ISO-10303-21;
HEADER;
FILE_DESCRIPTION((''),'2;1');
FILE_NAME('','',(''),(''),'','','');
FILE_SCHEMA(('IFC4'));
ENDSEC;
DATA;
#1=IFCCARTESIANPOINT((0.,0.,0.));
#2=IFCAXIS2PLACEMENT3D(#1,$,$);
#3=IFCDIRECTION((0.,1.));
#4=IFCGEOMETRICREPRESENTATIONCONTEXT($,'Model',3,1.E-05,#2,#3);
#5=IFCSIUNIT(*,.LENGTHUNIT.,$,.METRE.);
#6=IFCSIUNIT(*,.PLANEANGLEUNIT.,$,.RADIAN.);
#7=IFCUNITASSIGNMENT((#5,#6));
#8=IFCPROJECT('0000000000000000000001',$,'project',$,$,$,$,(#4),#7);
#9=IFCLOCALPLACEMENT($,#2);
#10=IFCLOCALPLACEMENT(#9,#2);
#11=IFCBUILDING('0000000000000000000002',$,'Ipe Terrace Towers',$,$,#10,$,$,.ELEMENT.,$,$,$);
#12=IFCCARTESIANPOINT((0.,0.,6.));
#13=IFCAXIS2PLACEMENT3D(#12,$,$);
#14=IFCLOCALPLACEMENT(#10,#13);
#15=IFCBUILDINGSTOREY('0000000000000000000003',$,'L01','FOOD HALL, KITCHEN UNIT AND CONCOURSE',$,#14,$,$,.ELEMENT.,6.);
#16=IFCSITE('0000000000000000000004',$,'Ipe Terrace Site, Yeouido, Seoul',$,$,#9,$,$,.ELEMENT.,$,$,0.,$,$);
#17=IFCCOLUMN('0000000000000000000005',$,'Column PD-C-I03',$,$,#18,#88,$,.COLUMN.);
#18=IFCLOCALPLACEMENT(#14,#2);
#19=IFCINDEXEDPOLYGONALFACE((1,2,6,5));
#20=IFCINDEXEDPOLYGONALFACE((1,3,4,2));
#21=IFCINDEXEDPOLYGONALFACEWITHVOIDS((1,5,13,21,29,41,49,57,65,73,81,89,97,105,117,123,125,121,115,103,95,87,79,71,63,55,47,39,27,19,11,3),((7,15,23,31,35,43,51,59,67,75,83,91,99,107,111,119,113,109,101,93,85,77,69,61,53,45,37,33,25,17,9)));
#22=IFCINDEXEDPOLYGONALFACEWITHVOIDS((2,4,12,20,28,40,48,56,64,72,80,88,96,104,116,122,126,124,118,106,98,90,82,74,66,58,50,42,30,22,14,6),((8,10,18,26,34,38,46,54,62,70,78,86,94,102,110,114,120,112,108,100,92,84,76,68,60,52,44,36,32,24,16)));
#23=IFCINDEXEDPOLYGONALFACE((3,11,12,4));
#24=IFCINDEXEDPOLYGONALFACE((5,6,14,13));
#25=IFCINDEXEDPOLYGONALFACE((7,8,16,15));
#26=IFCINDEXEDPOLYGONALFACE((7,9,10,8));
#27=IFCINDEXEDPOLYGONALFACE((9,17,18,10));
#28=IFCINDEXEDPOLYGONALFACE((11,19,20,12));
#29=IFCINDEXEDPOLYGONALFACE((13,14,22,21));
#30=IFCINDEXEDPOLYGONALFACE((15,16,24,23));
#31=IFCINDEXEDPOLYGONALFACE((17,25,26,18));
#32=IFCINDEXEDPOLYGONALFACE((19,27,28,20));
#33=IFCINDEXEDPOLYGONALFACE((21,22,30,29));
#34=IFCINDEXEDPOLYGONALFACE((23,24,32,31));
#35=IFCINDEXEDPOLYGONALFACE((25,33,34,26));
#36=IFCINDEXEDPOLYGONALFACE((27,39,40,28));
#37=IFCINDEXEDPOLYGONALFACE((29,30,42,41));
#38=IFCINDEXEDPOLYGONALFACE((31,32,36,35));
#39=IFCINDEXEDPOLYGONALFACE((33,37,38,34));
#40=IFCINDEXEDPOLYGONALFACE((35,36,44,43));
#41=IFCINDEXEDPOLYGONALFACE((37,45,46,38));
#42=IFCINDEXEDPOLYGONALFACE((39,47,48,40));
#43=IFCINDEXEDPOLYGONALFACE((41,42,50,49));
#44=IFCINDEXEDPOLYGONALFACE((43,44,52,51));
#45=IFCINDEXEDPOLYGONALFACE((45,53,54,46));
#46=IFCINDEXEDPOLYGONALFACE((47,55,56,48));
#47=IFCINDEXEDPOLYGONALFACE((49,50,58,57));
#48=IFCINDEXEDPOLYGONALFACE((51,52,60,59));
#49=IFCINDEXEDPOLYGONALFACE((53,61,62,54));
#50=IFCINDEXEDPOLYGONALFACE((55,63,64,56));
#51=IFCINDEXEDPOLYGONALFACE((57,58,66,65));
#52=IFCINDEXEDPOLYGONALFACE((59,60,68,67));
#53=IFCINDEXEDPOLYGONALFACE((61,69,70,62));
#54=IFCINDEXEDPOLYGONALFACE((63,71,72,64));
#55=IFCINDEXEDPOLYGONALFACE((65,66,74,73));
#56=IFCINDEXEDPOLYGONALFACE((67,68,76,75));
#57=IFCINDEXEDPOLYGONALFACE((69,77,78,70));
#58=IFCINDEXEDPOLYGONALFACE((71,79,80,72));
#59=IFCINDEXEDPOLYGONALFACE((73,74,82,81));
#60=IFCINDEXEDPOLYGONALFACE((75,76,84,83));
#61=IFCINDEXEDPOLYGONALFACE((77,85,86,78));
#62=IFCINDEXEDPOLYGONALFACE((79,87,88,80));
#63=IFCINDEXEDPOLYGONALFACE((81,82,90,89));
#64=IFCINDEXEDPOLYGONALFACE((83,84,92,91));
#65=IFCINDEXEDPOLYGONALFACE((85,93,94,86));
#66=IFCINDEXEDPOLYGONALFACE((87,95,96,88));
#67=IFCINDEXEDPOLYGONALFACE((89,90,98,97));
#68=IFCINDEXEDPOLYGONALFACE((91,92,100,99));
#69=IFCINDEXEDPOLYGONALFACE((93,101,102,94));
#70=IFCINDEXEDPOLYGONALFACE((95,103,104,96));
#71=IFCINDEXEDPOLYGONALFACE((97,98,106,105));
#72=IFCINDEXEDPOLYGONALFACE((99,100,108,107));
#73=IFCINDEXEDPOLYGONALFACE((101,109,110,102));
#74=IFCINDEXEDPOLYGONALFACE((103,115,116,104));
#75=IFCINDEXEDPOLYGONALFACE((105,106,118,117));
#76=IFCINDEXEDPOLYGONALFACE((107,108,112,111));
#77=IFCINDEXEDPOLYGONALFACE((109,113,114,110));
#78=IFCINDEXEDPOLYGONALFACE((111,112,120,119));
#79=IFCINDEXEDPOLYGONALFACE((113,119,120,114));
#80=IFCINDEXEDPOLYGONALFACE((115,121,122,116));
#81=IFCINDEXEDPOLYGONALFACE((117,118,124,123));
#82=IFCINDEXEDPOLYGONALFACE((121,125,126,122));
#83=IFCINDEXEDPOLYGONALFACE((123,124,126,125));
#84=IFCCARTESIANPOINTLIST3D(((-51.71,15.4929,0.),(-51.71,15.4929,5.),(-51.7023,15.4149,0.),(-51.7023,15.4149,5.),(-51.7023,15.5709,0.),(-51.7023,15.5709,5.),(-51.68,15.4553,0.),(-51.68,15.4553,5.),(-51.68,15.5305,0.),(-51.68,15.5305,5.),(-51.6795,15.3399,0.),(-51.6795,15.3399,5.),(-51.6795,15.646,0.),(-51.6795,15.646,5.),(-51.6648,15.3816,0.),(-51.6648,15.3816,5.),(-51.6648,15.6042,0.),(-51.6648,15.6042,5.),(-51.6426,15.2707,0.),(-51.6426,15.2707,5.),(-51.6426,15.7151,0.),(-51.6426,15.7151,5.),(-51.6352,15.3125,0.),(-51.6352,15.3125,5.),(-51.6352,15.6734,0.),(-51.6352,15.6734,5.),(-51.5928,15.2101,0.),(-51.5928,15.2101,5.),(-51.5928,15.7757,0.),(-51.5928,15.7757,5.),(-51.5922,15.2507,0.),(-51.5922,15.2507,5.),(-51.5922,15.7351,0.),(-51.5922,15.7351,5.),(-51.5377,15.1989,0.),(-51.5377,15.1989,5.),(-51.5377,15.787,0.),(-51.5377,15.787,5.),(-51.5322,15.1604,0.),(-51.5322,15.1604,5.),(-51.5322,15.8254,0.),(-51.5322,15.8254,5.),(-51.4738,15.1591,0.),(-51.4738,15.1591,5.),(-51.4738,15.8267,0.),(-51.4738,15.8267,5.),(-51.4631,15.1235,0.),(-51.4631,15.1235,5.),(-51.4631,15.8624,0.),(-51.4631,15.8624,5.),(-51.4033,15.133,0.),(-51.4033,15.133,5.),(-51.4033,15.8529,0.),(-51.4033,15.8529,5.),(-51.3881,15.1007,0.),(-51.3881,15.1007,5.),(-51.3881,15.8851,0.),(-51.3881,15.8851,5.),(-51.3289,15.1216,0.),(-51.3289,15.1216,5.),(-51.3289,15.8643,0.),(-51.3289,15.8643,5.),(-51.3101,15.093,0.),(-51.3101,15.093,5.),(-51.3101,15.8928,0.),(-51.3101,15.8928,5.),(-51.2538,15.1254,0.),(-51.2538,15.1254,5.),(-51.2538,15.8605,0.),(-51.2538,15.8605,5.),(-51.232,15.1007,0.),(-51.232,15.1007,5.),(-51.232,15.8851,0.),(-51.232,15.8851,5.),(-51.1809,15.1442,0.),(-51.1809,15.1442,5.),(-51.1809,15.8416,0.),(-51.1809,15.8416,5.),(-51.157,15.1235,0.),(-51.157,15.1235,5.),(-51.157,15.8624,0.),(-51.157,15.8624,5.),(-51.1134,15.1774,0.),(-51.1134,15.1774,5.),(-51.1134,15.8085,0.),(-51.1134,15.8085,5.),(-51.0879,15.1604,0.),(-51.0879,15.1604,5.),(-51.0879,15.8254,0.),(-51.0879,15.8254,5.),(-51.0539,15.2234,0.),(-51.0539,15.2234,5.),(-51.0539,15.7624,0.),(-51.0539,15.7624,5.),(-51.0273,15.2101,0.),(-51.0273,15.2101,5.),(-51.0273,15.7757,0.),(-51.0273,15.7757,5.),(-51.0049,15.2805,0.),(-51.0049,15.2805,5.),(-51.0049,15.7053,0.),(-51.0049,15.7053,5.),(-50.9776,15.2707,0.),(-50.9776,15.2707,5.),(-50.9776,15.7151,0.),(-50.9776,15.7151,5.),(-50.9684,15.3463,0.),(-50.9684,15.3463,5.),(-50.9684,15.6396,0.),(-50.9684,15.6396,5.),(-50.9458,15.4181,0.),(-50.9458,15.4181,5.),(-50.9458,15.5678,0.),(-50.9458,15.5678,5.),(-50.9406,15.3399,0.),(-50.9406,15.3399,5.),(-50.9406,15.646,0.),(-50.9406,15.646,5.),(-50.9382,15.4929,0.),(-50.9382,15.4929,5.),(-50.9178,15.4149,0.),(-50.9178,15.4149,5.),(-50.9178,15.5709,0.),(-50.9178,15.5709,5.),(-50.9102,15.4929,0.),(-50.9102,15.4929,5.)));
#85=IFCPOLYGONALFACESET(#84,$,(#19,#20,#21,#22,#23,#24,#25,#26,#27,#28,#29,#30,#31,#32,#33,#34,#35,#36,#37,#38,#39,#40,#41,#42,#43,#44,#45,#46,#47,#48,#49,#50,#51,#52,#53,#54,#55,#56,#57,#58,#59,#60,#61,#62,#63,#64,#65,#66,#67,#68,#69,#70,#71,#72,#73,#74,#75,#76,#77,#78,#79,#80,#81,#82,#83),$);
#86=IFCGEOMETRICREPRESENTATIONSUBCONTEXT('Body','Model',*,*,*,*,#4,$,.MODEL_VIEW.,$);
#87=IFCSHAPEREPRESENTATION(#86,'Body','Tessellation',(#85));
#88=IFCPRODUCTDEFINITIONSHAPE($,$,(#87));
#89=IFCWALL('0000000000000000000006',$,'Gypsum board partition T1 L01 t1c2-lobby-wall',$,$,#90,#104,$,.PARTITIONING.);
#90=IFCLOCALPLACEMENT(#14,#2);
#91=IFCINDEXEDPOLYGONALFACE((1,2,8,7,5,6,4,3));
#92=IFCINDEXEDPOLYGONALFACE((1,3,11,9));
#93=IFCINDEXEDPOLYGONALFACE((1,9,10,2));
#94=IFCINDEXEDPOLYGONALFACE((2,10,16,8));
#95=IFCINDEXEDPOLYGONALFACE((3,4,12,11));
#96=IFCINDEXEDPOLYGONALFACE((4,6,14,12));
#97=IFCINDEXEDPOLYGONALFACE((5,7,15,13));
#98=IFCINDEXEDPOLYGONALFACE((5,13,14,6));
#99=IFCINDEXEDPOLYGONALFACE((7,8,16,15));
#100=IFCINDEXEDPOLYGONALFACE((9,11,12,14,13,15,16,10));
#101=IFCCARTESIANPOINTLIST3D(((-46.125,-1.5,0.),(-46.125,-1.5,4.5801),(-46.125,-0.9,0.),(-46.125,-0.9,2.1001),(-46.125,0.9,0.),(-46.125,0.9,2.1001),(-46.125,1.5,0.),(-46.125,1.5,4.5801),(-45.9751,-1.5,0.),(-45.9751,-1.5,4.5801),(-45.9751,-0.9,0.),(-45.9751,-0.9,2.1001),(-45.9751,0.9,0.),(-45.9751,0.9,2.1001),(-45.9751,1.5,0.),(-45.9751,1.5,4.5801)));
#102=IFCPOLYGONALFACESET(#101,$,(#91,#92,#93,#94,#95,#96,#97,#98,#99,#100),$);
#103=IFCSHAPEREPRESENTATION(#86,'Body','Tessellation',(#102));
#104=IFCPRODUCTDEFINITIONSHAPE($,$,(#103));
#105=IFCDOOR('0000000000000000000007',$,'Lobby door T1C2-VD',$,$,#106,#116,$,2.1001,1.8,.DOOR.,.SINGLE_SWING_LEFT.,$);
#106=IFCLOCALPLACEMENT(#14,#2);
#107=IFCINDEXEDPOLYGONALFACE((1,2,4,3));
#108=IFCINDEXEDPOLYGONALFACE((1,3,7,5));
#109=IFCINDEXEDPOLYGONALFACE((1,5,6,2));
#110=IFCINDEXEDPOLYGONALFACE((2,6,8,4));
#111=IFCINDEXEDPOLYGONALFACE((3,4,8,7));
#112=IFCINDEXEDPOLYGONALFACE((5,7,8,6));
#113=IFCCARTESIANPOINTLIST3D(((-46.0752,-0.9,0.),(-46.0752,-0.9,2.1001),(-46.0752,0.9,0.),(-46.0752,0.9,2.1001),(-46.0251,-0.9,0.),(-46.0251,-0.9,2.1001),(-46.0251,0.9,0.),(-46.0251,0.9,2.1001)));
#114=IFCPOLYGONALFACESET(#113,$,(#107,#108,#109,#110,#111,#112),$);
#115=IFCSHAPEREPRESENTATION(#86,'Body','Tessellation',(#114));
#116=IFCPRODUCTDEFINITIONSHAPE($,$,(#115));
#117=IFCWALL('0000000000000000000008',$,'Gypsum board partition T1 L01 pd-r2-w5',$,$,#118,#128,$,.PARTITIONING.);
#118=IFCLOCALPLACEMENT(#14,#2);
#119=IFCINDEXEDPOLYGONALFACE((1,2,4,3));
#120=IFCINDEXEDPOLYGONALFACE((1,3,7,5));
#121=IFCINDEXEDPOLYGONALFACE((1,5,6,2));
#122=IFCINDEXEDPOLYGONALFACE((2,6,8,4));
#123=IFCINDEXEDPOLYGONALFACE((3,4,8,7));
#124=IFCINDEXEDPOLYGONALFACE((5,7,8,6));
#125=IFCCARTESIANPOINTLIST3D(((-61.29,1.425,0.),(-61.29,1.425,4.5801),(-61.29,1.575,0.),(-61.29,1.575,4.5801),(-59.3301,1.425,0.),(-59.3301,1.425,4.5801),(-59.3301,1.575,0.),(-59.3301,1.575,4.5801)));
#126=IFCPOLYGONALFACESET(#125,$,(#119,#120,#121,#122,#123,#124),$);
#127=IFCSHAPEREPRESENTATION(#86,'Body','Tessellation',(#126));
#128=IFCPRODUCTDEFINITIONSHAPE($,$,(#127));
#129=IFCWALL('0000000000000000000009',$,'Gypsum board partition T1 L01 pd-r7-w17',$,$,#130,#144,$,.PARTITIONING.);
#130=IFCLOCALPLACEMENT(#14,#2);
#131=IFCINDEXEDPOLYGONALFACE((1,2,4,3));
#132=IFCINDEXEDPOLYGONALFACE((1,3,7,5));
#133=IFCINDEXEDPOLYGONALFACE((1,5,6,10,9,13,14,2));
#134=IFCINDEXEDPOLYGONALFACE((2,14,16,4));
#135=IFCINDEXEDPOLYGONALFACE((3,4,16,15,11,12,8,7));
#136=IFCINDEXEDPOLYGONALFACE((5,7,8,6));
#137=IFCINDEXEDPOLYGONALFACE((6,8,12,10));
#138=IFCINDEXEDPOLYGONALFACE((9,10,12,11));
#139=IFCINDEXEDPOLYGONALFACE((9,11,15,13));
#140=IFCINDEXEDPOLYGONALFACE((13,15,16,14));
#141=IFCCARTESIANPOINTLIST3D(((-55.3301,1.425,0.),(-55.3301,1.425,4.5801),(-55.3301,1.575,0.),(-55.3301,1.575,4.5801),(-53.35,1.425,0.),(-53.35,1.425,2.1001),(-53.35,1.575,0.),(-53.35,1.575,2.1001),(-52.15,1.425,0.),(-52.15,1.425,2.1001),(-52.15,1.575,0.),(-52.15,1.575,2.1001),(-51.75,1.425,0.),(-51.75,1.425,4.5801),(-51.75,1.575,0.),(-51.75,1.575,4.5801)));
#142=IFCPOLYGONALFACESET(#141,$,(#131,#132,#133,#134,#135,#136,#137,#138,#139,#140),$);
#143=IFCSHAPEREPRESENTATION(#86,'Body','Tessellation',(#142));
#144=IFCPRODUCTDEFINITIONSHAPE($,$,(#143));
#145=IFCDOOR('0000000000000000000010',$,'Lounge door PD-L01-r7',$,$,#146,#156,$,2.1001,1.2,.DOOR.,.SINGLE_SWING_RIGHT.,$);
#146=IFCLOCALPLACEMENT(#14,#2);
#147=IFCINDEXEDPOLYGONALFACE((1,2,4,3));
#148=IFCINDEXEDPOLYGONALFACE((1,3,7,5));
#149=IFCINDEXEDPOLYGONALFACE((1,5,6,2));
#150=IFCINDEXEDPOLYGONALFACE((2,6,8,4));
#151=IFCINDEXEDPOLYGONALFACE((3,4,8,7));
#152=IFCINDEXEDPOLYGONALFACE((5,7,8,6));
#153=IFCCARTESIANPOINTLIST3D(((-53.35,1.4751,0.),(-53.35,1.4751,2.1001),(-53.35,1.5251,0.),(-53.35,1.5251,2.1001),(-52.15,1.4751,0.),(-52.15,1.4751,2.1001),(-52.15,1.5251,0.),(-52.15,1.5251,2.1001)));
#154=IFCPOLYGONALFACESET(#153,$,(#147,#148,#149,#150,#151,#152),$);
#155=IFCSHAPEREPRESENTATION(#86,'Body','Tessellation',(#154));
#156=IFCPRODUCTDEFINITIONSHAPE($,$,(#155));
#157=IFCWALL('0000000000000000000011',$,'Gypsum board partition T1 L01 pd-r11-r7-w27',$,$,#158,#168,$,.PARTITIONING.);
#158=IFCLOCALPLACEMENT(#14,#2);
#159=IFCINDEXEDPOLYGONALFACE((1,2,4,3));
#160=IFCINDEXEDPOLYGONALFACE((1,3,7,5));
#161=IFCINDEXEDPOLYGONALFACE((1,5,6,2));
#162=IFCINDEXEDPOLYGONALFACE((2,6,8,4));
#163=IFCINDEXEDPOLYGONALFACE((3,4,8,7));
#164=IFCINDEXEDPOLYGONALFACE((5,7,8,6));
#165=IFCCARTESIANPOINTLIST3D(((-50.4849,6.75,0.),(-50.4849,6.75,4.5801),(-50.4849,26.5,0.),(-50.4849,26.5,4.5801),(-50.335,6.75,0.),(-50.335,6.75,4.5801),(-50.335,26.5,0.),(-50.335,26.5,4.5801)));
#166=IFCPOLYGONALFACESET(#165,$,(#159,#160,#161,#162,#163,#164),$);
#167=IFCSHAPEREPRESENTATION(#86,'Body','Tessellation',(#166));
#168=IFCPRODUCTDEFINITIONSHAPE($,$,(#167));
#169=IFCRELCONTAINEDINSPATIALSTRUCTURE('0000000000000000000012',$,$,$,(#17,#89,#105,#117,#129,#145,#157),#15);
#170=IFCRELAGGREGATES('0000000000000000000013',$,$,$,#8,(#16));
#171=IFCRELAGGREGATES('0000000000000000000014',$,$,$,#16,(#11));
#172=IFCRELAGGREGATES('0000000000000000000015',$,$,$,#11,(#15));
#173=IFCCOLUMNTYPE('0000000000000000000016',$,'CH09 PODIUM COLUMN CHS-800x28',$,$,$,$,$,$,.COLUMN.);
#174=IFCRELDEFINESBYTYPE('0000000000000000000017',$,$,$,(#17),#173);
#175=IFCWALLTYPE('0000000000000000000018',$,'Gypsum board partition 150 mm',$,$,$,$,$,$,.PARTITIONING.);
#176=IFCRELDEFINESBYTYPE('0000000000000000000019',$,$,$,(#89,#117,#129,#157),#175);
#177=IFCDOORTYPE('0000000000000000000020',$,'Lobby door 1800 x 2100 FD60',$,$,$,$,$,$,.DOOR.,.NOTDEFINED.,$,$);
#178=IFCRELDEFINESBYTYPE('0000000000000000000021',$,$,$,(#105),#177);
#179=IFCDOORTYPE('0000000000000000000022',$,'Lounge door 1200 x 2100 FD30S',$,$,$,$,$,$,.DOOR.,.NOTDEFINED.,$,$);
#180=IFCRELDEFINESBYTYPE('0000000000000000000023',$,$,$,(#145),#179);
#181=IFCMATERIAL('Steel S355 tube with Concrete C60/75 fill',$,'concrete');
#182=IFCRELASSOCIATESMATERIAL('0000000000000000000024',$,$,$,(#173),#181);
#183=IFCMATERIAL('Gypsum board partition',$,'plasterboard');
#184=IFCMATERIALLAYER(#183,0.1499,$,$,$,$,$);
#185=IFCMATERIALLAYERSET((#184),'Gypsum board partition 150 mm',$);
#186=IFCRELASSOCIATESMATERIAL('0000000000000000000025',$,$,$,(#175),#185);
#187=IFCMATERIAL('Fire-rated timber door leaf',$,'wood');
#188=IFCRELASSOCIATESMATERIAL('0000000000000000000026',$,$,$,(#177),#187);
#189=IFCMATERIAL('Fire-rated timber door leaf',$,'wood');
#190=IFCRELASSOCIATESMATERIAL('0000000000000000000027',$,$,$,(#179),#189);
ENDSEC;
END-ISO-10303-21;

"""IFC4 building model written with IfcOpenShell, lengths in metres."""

from ifc_helpers import new_model, si_unit, direction, frame, frame_2d, origin, origin_2d, place, context, subcontext, project, spatial, rectangle, hollow_circle, extrude, material, layer, layer_set, material_profile, profile_set, type_object, element, fill, save


model = new_model("IFC4")

# Units and contexts
model_context = context("Model", 3, precision=1e-05, world=origin(), true_north=direction((0.0, 1.0)))
body_context = subcontext(model_context, "Body", "Model", "MODEL_VIEW")
ifc_project = project(units=[si_unit("LENGTHUNIT", "METRE"), si_unit("PLANEANGLEUNIT", "RADIAN")], contexts=[model_context])

# Site, building, storey
site_placement = place(None, origin())
site = spatial("IfcSite", under=ifc_project, at=site_placement, Name="Ipe Terrace Site, Yeouido, Seoul", CompositionType="ELEMENT", RefElevation=0.0)
building_placement = place(site_placement, origin())
building = spatial("IfcBuilding", under=site, at=building_placement, Name="Ipe Terrace Towers", CompositionType="ELEMENT")
storey_placement = place(building_placement, frame((0.0, 0.0, 6.0)))
storey = spatial("IfcBuildingStorey", under=building, at=storey_placement, Name="L01", Description="FOOD HALL, KITCHEN UNIT AND CONCOURSE", CompositionType="ELEMENT", Elevation=6.0)

# Column
ifc_material_1 = material(Name="Steel S355 tube with Concrete C60/75 fill", Category="concrete")
ifc_material_profile_1 = material_profile(ifc_material_1, hollow_circle(Radius=0.3999, WallThickness=0.0281, at=origin_2d()), Name="CHS-800x28")
ifc_profile_set_1 = profile_set([ifc_material_profile_1], Name="Steel S355 tube with Concrete C60/75 fill")
column_type_1 = type_object("IfcColumnType", Name="CH09 PODIUM COLUMN CHS-800x28", PredefinedType="COLUMN", material=ifc_profile_set_1)
for number, where, z_axis, x_axis, name in (
    (1, (-51.3101, 15.4929, 0.0), (0.0, 0.0, 1.0), (1.0, 0.0, 0.0), "Column PD-C-I03"),
):
    element("IfcColumn", number, at=place(storey_placement, frame(where, z_axis=z_axis, x_axis=x_axis)), inside=storey, type_object=column_type_1, Name=name, PredefinedType="COLUMN", context=body_context, shape_type="SweptSolid", body=[
        extrude(hollow_circle(Radius=0.3999, WallThickness=0.0281, at=origin_2d()), origin(), (0.0, 0.0, 1.0), 5.0),
    ])

# Wall, opening, door
ifc_material_2 = material(Name="Gypsum board partition", Category="plasterboard")
ifc_layer_1 = layer(ifc_material_2, 0.1499)
ifc_layer_set_1 = layer_set([ifc_layer_1], Name="Gypsum board partition 150 mm")
wall_type_1 = type_object("IfcWallType", Name="Gypsum board partition 150 mm", PredefinedType="PARTITIONING", material=ifc_layer_set_1)
wall_1_placement = place(storey_placement, frame((-46.05, 1.5, 0.0), z_axis=(0.0, 0.0, 1.0), x_axis=(0.0, -1.0, 0.0)))
wall_1 = element("IfcWall", 2, at=wall_1_placement, inside=storey, type_object=wall_type_1, Name="Gypsum board partition T1 L01 t1c2-lobby-wall", PredefinedType="PARTITIONING", context=body_context, shape_type="SweptSolid", body=[
    extrude(rectangle(XDim=3.0, YDim=0.1499, at=frame_2d((1.5, 0.0))), origin(), (0.0, 0.0, 1.0), 4.5801),
])
opening_1_placement = place(wall_1_placement, frame((0.6001, 0.0, 0.0)))
opening_1 = element("IfcOpeningElement", 3, at=opening_1_placement, cuts=wall_1, PredefinedType="OPENING", context=body_context, shape_type="SweptSolid", body=[
    extrude(rectangle(XDim=1.8, YDim=2.1001, at=frame_2d((0.8999, 1.05))), frame((0.0, 0.085, 0.0), z_axis=(0.0, -1.0, 0.0), x_axis=(1.0, 0.0, 0.0)), (0.0, 0.0, 1.0), 0.1699),
])
ifc_material_3 = material(Name="Fire-rated timber door leaf", Category="wood")
door_type_1 = type_object("IfcDoorType", Name="Lobby door 1800 x 2100 FD60", OperationType="NOTDEFINED", PredefinedType="DOOR", material=ifc_material_3)
door_1_placement = place(opening_1_placement, origin())
door_1 = element("IfcDoor", 4, at=door_1_placement, inside=storey, type_object=door_type_1, Name="Lobby door T1C2-VD", OperationType="SINGLE_SWING_LEFT", OverallHeight=2.1001, OverallWidth=1.8, PredefinedType="DOOR", context=body_context, shape_type="SweptSolid", body=[
    extrude(rectangle(XDim=1.8, YDim=2.1001, at=frame_2d((0.8999, 1.05))), frame((0.0, 0.0249, 0.0), z_axis=(0.0, -1.0, 0.0), x_axis=(1.0, 0.0, 0.0)), (0.0, 0.0, 1.0), 0.05),
])
fill(opening_1, door_1)

# Wall
wall_2_placement = place(storey_placement, frame((-59.3301, 1.5, 0.0), z_axis=(0.0, 0.0, 1.0), x_axis=(-1.0, 0.0, 0.0)))
element("IfcWall", 5, at=wall_2_placement, inside=storey, type_object=wall_type_1, Name="Gypsum board partition T1 L01 pd-r2-w5", PredefinedType="PARTITIONING", context=body_context, shape_type="SweptSolid", body=[
    extrude(rectangle(XDim=1.96, YDim=0.1499, at=frame_2d((0.98, 0.0))), origin(), (0.0, 0.0, 1.0), 4.5801),
])

# Wall, opening, door
wall_3_placement = place(storey_placement, frame((-51.75, 1.5, 0.0), z_axis=(0.0, 0.0, 1.0), x_axis=(-1.0, 0.0, 0.0)))
wall_3 = element("IfcWall", 6, at=wall_3_placement, inside=storey, type_object=wall_type_1, Name="Gypsum board partition T1 L01 pd-r7-w17", PredefinedType="PARTITIONING", context=body_context, shape_type="SweptSolid", body=[
    extrude(rectangle(XDim=3.5801, YDim=0.1499, at=frame_2d((1.79, 0.0))), origin(), (0.0, 0.0, 1.0), 4.5801),
])
opening_2_placement = place(wall_3_placement, frame((0.3999, 0.0, 0.0)))
opening_2 = element("IfcOpeningElement", 7, at=opening_2_placement, cuts=wall_3, PredefinedType="OPENING", context=body_context, shape_type="SweptSolid", body=[
    extrude(rectangle(XDim=1.2, YDim=2.1001, at=frame_2d((0.6001, 1.05))), frame((0.0, 0.085, 0.0), z_axis=(0.0, -1.0, 0.0), x_axis=(1.0, 0.0, 0.0)), (0.0, 0.0, 1.0), 0.1699),
])
ifc_material_4 = material(Name="Fire-rated timber door leaf", Category="wood")
door_type_2 = type_object("IfcDoorType", Name="Lounge door 1200 x 2100 FD30S", OperationType="NOTDEFINED", PredefinedType="DOOR", material=ifc_material_4)
door_2_placement = place(opening_2_placement, origin())
door_2 = element("IfcDoor", 8, at=door_2_placement, inside=storey, type_object=door_type_2, Name="Lounge door PD-L01-r7", OperationType="SINGLE_SWING_RIGHT", OverallHeight=2.1001, OverallWidth=1.2, PredefinedType="DOOR", context=body_context, shape_type="SweptSolid", body=[
    extrude(rectangle(XDim=1.2, YDim=2.1001, at=frame_2d((0.6001, 1.05))), frame((0.0, 0.0249, 0.0), z_axis=(0.0, -1.0, 0.0), x_axis=(1.0, 0.0, 0.0)), (0.0, 0.0, 1.0), 0.05),
])
fill(opening_2, door_2)

# Wall
wall_4_placement = place(storey_placement, frame((-50.4099, 6.75, 0.0), z_axis=(0.0, 0.0, 1.0), x_axis=(0.0, 1.0, 0.0)))
element("IfcWall", 9, at=wall_4_placement, inside=storey, type_object=wall_type_1, Name="Gypsum board partition T1 L01 pd-r11-r7-w27", PredefinedType="PARTITIONING", context=body_context, shape_type="SweptSolid", body=[
    extrude(rectangle(XDim=19.75, YDim=0.1499, at=frame_2d((9.875, 0.0))), origin(), (0.0, 0.0, 1.0), 4.5801),
])

save(model, "model.ifc")
